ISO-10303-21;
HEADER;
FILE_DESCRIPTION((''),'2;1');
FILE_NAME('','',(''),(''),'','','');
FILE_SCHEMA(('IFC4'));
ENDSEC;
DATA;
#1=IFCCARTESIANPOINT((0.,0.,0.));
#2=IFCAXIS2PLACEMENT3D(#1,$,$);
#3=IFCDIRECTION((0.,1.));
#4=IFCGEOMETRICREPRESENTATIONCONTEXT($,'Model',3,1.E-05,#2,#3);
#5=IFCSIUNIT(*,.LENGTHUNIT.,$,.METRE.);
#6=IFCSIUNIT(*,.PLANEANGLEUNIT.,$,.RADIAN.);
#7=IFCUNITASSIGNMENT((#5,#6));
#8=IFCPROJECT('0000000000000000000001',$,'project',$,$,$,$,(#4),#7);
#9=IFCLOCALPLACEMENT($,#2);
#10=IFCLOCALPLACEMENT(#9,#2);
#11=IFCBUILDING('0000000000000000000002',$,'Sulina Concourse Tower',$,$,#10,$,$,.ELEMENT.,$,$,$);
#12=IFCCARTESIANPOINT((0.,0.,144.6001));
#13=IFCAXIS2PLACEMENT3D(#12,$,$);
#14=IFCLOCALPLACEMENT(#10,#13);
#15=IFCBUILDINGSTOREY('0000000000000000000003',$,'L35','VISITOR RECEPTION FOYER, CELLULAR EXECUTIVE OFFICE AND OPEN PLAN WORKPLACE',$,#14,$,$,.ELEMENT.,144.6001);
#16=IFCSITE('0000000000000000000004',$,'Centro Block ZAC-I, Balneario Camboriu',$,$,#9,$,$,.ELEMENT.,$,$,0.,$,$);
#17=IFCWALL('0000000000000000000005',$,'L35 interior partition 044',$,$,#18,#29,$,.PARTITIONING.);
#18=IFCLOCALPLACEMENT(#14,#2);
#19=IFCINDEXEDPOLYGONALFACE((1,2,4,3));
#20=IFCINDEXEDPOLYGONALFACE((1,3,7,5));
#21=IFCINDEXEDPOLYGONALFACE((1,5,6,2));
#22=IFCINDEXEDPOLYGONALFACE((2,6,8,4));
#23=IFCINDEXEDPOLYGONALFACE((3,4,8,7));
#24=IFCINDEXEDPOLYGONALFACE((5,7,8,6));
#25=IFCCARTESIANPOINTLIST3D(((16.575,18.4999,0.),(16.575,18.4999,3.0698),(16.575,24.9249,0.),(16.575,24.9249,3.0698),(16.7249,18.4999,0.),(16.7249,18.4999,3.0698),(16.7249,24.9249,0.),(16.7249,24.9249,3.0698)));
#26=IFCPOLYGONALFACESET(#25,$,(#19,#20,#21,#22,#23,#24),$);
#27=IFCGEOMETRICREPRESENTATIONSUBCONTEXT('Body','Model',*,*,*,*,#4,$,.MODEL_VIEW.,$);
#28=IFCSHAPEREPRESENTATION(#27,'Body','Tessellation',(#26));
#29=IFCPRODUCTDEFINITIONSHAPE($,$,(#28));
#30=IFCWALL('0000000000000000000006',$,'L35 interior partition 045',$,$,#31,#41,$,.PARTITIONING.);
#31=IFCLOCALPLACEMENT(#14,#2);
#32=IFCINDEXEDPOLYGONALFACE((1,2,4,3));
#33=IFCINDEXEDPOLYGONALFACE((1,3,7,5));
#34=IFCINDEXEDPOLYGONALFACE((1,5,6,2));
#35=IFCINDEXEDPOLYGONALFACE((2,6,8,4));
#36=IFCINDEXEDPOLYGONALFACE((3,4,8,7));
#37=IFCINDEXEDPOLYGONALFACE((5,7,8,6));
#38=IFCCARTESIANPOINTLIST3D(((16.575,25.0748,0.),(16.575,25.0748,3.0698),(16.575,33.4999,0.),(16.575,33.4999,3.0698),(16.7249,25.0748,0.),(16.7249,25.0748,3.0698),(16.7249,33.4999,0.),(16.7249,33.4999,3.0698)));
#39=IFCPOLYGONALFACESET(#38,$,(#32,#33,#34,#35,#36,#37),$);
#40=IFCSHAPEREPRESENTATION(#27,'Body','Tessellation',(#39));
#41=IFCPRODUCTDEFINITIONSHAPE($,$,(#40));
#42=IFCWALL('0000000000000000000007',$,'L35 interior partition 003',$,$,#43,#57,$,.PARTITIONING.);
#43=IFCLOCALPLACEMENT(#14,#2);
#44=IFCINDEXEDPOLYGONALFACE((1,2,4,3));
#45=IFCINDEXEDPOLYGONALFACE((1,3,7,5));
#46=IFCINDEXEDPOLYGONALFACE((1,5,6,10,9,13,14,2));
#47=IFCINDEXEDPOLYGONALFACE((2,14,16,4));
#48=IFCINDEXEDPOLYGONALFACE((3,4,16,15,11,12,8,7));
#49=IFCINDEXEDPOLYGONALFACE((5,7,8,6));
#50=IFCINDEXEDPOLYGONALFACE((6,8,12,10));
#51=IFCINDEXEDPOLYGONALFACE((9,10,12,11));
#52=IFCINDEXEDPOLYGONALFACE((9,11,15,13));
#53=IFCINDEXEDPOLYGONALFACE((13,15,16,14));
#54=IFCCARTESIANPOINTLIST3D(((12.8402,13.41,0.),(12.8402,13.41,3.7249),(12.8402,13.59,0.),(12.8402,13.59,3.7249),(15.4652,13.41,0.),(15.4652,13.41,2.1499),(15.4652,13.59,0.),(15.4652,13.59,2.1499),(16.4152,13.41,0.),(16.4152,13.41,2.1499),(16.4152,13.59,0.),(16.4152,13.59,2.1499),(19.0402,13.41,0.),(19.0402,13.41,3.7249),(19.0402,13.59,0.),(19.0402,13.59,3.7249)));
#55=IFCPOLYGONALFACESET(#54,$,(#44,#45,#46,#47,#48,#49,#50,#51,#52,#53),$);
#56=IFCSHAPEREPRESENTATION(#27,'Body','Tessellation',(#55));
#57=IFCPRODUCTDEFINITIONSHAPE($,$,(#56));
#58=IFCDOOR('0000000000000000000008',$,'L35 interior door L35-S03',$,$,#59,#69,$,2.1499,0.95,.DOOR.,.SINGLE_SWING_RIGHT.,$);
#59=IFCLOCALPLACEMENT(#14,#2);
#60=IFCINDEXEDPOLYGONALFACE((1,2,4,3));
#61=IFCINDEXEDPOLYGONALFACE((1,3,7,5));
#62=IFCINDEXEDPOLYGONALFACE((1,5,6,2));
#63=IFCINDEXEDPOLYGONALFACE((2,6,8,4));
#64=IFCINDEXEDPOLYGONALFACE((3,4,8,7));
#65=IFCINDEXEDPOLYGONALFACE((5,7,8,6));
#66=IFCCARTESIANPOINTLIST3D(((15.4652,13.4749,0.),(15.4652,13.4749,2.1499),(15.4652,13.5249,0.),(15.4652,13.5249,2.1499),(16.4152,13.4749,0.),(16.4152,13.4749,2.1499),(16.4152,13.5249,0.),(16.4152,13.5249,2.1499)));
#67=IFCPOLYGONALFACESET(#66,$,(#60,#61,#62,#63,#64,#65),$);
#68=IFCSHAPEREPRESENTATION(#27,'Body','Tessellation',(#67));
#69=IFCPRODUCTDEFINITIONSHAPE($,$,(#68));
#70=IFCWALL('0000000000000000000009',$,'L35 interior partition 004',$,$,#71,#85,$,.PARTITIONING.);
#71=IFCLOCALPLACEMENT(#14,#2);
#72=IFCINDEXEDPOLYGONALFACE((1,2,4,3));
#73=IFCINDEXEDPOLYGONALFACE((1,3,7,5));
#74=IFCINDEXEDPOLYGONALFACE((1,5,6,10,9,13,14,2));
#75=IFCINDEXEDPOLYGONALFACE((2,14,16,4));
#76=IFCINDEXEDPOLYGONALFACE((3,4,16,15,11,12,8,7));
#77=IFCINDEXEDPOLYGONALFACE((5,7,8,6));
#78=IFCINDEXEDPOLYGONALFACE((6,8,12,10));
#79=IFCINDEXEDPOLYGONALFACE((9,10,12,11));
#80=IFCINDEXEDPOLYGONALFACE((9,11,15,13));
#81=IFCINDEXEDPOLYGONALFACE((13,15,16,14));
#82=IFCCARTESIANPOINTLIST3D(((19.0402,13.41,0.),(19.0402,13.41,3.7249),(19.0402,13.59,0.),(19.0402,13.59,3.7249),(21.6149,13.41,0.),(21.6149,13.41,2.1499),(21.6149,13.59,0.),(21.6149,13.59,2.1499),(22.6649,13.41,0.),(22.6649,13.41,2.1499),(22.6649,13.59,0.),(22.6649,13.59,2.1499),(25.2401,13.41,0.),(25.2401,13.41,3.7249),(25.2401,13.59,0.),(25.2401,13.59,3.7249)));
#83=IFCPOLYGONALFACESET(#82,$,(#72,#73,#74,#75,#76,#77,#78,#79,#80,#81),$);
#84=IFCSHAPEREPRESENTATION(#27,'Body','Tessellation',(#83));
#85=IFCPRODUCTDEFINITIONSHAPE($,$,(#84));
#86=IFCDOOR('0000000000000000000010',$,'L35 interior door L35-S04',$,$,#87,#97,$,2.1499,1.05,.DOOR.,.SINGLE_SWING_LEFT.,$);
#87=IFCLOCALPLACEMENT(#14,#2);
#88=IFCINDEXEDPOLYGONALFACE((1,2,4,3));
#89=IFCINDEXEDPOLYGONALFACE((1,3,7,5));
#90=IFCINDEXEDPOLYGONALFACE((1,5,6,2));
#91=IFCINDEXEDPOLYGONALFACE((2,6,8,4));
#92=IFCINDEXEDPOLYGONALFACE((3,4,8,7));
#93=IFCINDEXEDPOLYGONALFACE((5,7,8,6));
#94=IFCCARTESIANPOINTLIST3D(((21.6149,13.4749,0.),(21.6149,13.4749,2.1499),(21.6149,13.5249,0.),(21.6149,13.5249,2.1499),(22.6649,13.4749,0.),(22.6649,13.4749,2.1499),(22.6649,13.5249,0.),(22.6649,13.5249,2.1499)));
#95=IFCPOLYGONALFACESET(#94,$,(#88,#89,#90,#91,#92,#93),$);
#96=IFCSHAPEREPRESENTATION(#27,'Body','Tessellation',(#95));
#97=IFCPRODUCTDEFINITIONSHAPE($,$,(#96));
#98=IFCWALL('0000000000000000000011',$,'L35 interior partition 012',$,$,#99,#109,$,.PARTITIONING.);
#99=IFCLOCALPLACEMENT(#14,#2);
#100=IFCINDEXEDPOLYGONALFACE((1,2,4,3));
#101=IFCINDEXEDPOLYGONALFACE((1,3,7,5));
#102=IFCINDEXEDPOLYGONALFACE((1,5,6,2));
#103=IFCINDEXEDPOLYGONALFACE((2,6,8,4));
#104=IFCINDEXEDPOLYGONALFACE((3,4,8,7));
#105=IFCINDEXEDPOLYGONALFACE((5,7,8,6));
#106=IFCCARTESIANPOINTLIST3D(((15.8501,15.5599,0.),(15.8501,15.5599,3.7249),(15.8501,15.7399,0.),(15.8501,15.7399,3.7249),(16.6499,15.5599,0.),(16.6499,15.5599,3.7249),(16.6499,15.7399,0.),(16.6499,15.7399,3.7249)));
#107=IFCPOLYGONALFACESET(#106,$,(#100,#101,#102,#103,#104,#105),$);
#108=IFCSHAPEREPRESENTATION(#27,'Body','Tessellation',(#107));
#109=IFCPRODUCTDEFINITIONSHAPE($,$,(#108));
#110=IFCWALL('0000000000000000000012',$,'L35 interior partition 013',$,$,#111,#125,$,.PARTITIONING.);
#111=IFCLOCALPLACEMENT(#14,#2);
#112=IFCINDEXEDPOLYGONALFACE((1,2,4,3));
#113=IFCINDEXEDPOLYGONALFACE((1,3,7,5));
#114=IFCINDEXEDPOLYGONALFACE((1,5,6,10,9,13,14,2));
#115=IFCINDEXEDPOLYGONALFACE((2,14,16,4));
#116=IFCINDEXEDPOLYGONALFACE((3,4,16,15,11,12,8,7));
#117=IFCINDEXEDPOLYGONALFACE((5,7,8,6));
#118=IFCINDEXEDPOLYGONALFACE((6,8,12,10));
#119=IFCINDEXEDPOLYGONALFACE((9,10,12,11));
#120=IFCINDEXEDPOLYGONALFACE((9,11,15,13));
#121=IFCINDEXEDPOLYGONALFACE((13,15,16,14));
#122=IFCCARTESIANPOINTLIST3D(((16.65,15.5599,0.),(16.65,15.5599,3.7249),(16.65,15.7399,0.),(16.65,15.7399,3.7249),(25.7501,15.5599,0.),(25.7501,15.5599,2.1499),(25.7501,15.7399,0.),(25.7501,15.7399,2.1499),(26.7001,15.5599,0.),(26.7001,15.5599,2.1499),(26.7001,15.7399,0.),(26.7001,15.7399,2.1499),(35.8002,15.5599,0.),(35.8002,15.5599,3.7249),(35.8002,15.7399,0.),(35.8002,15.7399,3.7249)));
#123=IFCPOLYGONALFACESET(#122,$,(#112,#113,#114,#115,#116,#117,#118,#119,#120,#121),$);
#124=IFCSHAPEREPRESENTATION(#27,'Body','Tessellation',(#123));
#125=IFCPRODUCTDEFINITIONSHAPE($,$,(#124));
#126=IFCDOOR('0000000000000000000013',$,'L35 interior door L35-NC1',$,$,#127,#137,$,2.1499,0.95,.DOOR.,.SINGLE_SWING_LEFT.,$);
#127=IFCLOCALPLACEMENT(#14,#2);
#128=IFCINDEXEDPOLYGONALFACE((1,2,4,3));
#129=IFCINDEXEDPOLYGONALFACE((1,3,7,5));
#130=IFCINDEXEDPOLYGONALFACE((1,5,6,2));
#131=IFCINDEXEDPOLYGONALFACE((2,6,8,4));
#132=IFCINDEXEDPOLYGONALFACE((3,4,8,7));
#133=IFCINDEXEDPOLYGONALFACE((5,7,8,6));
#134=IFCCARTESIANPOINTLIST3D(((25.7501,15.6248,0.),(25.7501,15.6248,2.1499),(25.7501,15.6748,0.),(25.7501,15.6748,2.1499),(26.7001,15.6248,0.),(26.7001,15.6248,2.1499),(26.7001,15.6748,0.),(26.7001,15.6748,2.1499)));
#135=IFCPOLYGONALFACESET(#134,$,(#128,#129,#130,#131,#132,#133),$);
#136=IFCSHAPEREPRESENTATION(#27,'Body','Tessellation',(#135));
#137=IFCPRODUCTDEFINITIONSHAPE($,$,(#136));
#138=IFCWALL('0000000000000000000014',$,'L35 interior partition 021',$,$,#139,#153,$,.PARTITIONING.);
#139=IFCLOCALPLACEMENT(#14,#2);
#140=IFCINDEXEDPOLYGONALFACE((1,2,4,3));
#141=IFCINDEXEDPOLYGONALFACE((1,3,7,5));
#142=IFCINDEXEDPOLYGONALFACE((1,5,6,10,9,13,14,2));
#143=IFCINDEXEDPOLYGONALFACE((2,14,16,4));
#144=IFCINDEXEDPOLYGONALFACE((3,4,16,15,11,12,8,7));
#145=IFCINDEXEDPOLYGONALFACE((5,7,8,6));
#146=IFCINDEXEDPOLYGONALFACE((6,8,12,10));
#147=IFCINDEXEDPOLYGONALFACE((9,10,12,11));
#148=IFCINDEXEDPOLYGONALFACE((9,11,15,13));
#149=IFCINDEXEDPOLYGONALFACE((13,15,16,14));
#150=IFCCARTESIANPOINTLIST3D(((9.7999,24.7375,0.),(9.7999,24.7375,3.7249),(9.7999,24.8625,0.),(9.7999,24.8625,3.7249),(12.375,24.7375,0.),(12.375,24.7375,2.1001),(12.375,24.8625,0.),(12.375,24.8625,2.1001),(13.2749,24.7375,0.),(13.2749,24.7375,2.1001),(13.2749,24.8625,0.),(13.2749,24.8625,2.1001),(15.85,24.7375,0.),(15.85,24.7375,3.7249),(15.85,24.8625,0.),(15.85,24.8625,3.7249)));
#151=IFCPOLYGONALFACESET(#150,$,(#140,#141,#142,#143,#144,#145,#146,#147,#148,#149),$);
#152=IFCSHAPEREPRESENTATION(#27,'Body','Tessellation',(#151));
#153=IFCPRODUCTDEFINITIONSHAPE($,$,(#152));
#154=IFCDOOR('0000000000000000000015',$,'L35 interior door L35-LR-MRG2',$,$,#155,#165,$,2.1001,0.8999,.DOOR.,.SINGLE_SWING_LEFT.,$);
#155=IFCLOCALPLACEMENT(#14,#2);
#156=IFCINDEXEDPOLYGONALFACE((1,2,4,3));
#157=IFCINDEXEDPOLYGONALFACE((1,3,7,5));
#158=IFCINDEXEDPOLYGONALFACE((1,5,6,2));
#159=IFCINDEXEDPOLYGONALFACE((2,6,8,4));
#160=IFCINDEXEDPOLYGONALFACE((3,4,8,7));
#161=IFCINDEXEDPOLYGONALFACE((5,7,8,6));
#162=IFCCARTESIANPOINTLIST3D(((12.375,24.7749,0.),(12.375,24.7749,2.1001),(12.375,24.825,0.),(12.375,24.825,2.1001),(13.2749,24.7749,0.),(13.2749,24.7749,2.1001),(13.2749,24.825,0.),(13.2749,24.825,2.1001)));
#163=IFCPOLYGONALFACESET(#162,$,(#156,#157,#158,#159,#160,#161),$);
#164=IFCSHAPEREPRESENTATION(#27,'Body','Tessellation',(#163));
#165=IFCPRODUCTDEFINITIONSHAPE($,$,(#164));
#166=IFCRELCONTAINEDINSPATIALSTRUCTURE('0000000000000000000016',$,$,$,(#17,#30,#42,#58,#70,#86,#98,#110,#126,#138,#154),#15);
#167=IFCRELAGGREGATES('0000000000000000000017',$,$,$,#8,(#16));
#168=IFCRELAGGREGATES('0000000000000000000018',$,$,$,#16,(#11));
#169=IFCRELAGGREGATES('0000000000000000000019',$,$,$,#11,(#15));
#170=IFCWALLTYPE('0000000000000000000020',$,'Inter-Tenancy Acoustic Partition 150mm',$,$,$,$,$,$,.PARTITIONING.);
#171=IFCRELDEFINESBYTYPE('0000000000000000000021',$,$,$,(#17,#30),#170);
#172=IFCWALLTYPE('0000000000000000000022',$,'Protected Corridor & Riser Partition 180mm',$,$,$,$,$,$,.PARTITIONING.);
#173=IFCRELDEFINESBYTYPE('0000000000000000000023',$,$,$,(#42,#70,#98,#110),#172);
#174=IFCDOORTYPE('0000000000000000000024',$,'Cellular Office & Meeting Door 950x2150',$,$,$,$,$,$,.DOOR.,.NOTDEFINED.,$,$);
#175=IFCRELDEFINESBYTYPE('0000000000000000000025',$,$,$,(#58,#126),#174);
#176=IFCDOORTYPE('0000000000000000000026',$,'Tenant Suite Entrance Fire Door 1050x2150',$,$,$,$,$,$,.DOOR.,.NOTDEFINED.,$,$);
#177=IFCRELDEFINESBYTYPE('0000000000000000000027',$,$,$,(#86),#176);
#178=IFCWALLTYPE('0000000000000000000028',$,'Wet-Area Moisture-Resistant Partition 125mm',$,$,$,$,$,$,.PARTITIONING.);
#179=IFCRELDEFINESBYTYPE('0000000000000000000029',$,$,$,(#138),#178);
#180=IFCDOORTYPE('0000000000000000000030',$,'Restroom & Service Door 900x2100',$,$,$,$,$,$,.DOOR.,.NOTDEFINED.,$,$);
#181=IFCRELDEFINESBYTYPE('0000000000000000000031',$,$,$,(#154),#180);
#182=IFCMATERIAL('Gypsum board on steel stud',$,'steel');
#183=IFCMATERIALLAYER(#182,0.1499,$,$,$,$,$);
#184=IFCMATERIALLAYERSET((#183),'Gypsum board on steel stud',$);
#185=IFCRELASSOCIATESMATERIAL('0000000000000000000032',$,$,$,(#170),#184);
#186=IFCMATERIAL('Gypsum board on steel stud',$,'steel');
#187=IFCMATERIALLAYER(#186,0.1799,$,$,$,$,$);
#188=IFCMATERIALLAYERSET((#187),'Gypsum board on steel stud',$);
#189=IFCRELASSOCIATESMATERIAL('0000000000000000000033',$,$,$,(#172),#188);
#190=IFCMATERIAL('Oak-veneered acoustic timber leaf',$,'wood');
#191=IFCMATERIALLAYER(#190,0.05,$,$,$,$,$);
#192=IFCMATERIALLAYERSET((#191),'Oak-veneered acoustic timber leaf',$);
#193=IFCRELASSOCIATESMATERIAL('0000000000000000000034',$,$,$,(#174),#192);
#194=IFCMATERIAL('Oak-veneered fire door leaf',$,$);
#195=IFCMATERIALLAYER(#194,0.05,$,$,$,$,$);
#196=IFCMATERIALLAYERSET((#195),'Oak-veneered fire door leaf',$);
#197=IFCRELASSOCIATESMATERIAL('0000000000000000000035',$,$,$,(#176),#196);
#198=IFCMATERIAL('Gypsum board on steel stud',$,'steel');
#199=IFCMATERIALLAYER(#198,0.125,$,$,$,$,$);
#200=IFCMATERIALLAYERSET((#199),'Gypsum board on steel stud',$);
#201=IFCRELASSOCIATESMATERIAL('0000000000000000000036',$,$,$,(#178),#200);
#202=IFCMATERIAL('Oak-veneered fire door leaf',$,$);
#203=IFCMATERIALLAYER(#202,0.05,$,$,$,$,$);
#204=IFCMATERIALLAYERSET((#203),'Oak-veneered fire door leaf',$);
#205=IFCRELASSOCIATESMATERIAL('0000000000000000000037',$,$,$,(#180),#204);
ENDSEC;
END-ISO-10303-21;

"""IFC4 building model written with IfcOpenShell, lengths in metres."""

from ifc_helpers import new_model, si_unit, direction, frame, frame_2d, origin, place, context, subcontext, project, spatial, rectangle, extrude, material, layer, layer_set, type_object, element, fill, save


model = new_model("IFC4")

# Units and contexts
model_context = context("Model", 3, precision=1e-05, world=origin(), true_north=direction((0.0, 1.0)))
body_context = subcontext(model_context, "Body", "Model", "MODEL_VIEW")
ifc_project = project(units=[si_unit("LENGTHUNIT", "METRE"), si_unit("PLANEANGLEUNIT", "RADIAN")], contexts=[model_context])

# Site, building, storey
site_placement = place(None, origin())
site = spatial("IfcSite", under=ifc_project, at=site_placement, Name="Centro Block ZAC-I, Balneario Camboriu", CompositionType="ELEMENT", RefElevation=0.0)
building_placement = place(site_placement, origin())
building = spatial("IfcBuilding", under=site, at=building_placement, Name="Sulina Concourse Tower", CompositionType="ELEMENT")
storey_placement = place(building_placement, frame((0.0, 0.0, 144.6001)))
storey = spatial("IfcBuildingStorey", under=building, at=storey_placement, Name="L35", Description="VISITOR RECEPTION FOYER, CELLULAR EXECUTIVE OFFICE AND OPEN PLAN WORKPLACE", CompositionType="ELEMENT", Elevation=144.6001)

# Walls
ifc_material_1 = material(Name="Gypsum board on steel stud", Category="steel")
ifc_layer_1 = layer(ifc_material_1, 0.1499)
ifc_layer_set_1 = layer_set([ifc_layer_1], Name="Gypsum board on steel stud")
wall_type_1 = type_object("IfcWallType", Name="Inter-Tenancy Acoustic Partition 150mm", PredefinedType="PARTITIONING", material=ifc_layer_set_1)
wall_1_placement = place(storey_placement, frame((16.6499, 18.5, 0.0), z_axis=(0.0, 0.0, 1.0), x_axis=(0.0, 1.0, 0.0)))
element("IfcWall", 1, at=wall_1_placement, inside=storey, type_object=wall_type_1, Name="L35 interior partition 044", PredefinedType="PARTITIONING", context=body_context, shape_type="SweptSolid", body=[
    extrude(rectangle(XDim=6.425, YDim=0.1499, at=frame_2d((3.2124, 0.0))), origin(), (0.0, 0.0, 1.0), 3.0698),
])
wall_2_placement = place(storey_placement, frame((16.6499, 25.075, 0.0), z_axis=(0.0, 0.0, 1.0), x_axis=(0.0, 1.0, 0.0)))
element("IfcWall", 2, at=wall_2_placement, inside=storey, type_object=wall_type_1, Name="L35 interior partition 045", PredefinedType="PARTITIONING", context=body_context, shape_type="SweptSolid", body=[
    extrude(rectangle(XDim=8.425, YDim=0.1499, at=frame_2d((4.2124, 0.0))), origin(), (0.0, 0.0, 1.0), 3.0698),
])

# Walls, openings, doors
ifc_material_2 = material(Name="Gypsum board on steel stud", Category="steel")
ifc_layer_2 = layer(ifc_material_2, 0.1799)
ifc_layer_set_2 = layer_set([ifc_layer_2], Name="Gypsum board on steel stud")
wall_type_2 = type_object("IfcWallType", Name="Protected Corridor & Riser Partition 180mm", PredefinedType="PARTITIONING", material=ifc_layer_set_2)
wall_3_placement = place(storey_placement, frame((12.8401, 13.5, 0.0), z_axis=(0.0, 0.0, 1.0), x_axis=(1.0, 0.0, 0.0)))
wall_3 = element("IfcWall", 3, at=wall_3_placement, inside=storey, type_object=wall_type_2, Name="L35 interior partition 003", PredefinedType="PARTITIONING", context=body_context, shape_type="SweptSolid", body=[
    extrude(rectangle(XDim=6.2, YDim=0.1799, at=frame_2d((3.1001, 0.0))), origin(), (0.0, 0.0, 1.0), 3.7249),
])
opening_1_placement = place(wall_3_placement, frame((2.625, 0.0, 0.0)))
opening_1 = element("IfcOpeningElement", 4, at=opening_1_placement, cuts=wall_3, PredefinedType="OPENING", context=body_context, shape_type="SweptSolid", body=[
    extrude(rectangle(XDim=0.95, YDim=2.1499, at=frame_2d((0.4751, 1.075))), frame((0.0, 0.0999, 0.0), z_axis=(0.0, -1.0, 0.0), x_axis=(1.0, 0.0, 0.0)), (0.0, 0.0, 1.0), 0.2),
])
ifc_material_3 = material(Name="Oak-veneered acoustic timber leaf", Category="wood")
ifc_layer_3 = layer(ifc_material_3, 0.05)
ifc_layer_set_3 = layer_set([ifc_layer_3], Name="Oak-veneered acoustic timber leaf")
door_type_1 = type_object("IfcDoorType", Name="Cellular Office & Meeting Door 950x2150", OperationType="NOTDEFINED", PredefinedType="DOOR", material=ifc_layer_set_3)
door_1_placement = place(opening_1_placement, origin())
door_1 = element("IfcDoor", 5, at=door_1_placement, inside=storey, type_object=door_type_1, Name="L35 interior door L35-S03", OperationType="SINGLE_SWING_RIGHT", OverallHeight=2.1499, OverallWidth=0.95, PredefinedType="DOOR", context=body_context, shape_type="SweptSolid", body=[
    extrude(rectangle(XDim=0.95, YDim=2.1499, at=frame_2d((0.4751, 1.075))), frame((0.0, 0.0249, 0.0), z_axis=(0.0, -1.0, 0.0), x_axis=(1.0, 0.0, 0.0)), (0.0, 0.0, 1.0), 0.05),
])
fill(opening_1, door_1)
wall_4_placement = place(storey_placement, frame((19.04, 13.5, 0.0), z_axis=(0.0, 0.0, 1.0), x_axis=(1.0, 0.0, 0.0)))
wall_4 = element("IfcWall", 6, at=wall_4_placement, inside=storey, type_object=wall_type_2, Name="L35 interior partition 004", PredefinedType="PARTITIONING", context=body_context, shape_type="SweptSolid", body=[
    extrude(rectangle(XDim=6.2, YDim=0.1799, at=frame_2d((3.1001, 0.0))), origin(), (0.0, 0.0, 1.0), 3.7249),
])
opening_2_placement = place(wall_4_placement, frame((2.575, 0.0, 0.0)))
opening_2 = element("IfcOpeningElement", 7, at=opening_2_placement, cuts=wall_4, PredefinedType="OPENING", context=body_context, shape_type="SweptSolid", body=[
    extrude(rectangle(XDim=1.05, YDim=2.1499, at=frame_2d((0.5249, 1.075))), frame((0.0, 0.0999, 0.0), z_axis=(0.0, -1.0, 0.0), x_axis=(1.0, 0.0, 0.0)), (0.0, 0.0, 1.0), 0.2),
])
ifc_material_4 = material(Name="Oak-veneered fire door leaf")
ifc_layer_4 = layer(ifc_material_4, 0.05)
ifc_layer_set_4 = layer_set([ifc_layer_4], Name="Oak-veneered fire door leaf")
door_type_2 = type_object("IfcDoorType", Name="Tenant Suite Entrance Fire Door 1050x2150", OperationType="NOTDEFINED", PredefinedType="DOOR", material=ifc_layer_set_4)
door_2_placement = place(opening_2_placement, origin())
door_2 = element("IfcDoor", 8, at=door_2_placement, inside=storey, type_object=door_type_2, Name="L35 interior door L35-S04", OperationType="SINGLE_SWING_LEFT", OverallHeight=2.1499, OverallWidth=1.05, PredefinedType="DOOR", context=body_context, shape_type="SweptSolid", body=[
    extrude(rectangle(XDim=1.05, YDim=2.1499, at=frame_2d((0.5249, 1.075))), frame((0.0, 0.0249, 0.0), z_axis=(0.0, -1.0, 0.0), x_axis=(1.0, 0.0, 0.0)), (0.0, 0.0, 1.0), 0.05),
])
fill(opening_2, door_2)

# Wall
wall_5_placement = place(storey_placement, frame((15.8501, 15.6499, 0.0), z_axis=(0.0, 0.0, 1.0), x_axis=(1.0, 0.0, 0.0)))
element("IfcWall", 9, at=wall_5_placement, inside=storey, type_object=wall_type_2, Name="L35 interior partition 012", PredefinedType="PARTITIONING", context=body_context, shape_type="SweptSolid", body=[
    extrude(rectangle(XDim=0.7998, YDim=0.1799, at=frame_2d((0.3999, 0.0))), origin(), (0.0, 0.0, 1.0), 3.7249),
])

# Walls, openings, doors
wall_6_placement = place(storey_placement, frame((16.6499, 15.6499, 0.0), z_axis=(0.0, 0.0, 1.0), x_axis=(1.0, 0.0, 0.0)))
wall_6 = element("IfcWall", 10, at=wall_6_placement, inside=storey, type_object=wall_type_2, Name="L35 interior partition 013", PredefinedType="PARTITIONING", context=body_context, shape_type="SweptSolid", body=[
    extrude(rectangle(XDim=19.1501, YDim=0.1799, at=frame_2d((9.5752, 0.0))), origin(), (0.0, 0.0, 1.0), 3.7249),
])
opening_3_placement = place(wall_6_placement, frame((9.1001, 0.0, 0.0)))
opening_3 = element("IfcOpeningElement", 11, at=opening_3_placement, cuts=wall_6, PredefinedType="OPENING", context=body_context, shape_type="SweptSolid", body=[
    extrude(rectangle(XDim=0.95, YDim=2.1499, at=frame_2d((0.4751, 1.075))), frame((0.0, 0.0999, 0.0), z_axis=(0.0, -1.0, 0.0), x_axis=(1.0, 0.0, 0.0)), (0.0, 0.0, 1.0), 0.2),
])
door_3_placement = place(opening_3_placement, origin())
door_3 = element("IfcDoor", 12, at=door_3_placement, inside=storey, type_object=door_type_1, Name="L35 interior door L35-NC1", OperationType="SINGLE_SWING_LEFT", OverallHeight=2.1499, OverallWidth=0.95, PredefinedType="DOOR", context=body_context, shape_type="SweptSolid", body=[
    extrude(rectangle(XDim=0.95, YDim=2.1499, at=frame_2d((0.4751, 1.075))), frame((0.0, 0.0249, 0.0), z_axis=(0.0, -1.0, 0.0), x_axis=(1.0, 0.0, 0.0)), (0.0, 0.0, 1.0), 0.05),
])
fill(opening_3, door_3)
ifc_material_5 = material(Name="Gypsum board on steel stud", Category="steel")
ifc_layer_5 = layer(ifc_material_5, 0.125)
ifc_layer_set_5 = layer_set([ifc_layer_5], Name="Gypsum board on steel stud")
wall_type_3 = type_object("IfcWallType", Name="Wet-Area Moisture-Resistant Partition 125mm", PredefinedType="PARTITIONING", material=ifc_layer_set_5)
wall_7_placement = place(storey_placement, frame((9.8, 24.8, 0.0), z_axis=(0.0, 0.0, 1.0), x_axis=(1.0, 0.0, 0.0)))
wall_7 = element("IfcWall", 13, at=wall_7_placement, inside=storey, type_object=wall_type_3, Name="L35 interior partition 021", PredefinedType="PARTITIONING", context=body_context, shape_type="SweptSolid", body=[
    extrude(rectangle(XDim=6.05, YDim=0.125, at=frame_2d((3.0249, 0.0))), origin(), (0.0, 0.0, 1.0), 3.7249),
])
opening_4_placement = place(wall_7_placement, frame((2.575, 0.0, 0.0)))
opening_4 = element("IfcOpeningElement", 14, at=opening_4_placement, cuts=wall_7, PredefinedType="OPENING", context=body_context, shape_type="SweptSolid", body=[
    extrude(rectangle(XDim=0.8999, YDim=2.1001, at=frame_2d((0.45, 1.05))), frame((0.0, 0.0725, 0.0), z_axis=(0.0, -1.0, 0.0), x_axis=(1.0, 0.0, 0.0)), (0.0, 0.0, 1.0), 0.145),
])
ifc_material_6 = material(Name="Oak-veneered fire door leaf")
ifc_layer_6 = layer(ifc_material_6, 0.05)
ifc_layer_set_6 = layer_set([ifc_layer_6], Name="Oak-veneered fire door leaf")
door_type_3 = type_object("IfcDoorType", Name="Restroom & Service Door 900x2100", OperationType="NOTDEFINED", PredefinedType="DOOR", material=ifc_layer_set_6)
door_4_placement = place(opening_4_placement, origin())
door_4 = element("IfcDoor", 15, at=door_4_placement, inside=storey, type_object=door_type_3, Name="L35 interior door L35-LR-MRG2", OperationType="SINGLE_SWING_LEFT", OverallHeight=2.1001, OverallWidth=0.8999, PredefinedType="DOOR", context=body_context, shape_type="SweptSolid", body=[
    extrude(rectangle(XDim=0.8999, YDim=2.1001, at=frame_2d((0.45, 1.05))), frame((0.0, 0.0249, 0.0), z_axis=(0.0, -1.0, 0.0), x_axis=(1.0, 0.0, 0.0)), (0.0, 0.0, 1.0), 0.05),
])
fill(opening_4, door_4)

save(model, "model.ifc")
